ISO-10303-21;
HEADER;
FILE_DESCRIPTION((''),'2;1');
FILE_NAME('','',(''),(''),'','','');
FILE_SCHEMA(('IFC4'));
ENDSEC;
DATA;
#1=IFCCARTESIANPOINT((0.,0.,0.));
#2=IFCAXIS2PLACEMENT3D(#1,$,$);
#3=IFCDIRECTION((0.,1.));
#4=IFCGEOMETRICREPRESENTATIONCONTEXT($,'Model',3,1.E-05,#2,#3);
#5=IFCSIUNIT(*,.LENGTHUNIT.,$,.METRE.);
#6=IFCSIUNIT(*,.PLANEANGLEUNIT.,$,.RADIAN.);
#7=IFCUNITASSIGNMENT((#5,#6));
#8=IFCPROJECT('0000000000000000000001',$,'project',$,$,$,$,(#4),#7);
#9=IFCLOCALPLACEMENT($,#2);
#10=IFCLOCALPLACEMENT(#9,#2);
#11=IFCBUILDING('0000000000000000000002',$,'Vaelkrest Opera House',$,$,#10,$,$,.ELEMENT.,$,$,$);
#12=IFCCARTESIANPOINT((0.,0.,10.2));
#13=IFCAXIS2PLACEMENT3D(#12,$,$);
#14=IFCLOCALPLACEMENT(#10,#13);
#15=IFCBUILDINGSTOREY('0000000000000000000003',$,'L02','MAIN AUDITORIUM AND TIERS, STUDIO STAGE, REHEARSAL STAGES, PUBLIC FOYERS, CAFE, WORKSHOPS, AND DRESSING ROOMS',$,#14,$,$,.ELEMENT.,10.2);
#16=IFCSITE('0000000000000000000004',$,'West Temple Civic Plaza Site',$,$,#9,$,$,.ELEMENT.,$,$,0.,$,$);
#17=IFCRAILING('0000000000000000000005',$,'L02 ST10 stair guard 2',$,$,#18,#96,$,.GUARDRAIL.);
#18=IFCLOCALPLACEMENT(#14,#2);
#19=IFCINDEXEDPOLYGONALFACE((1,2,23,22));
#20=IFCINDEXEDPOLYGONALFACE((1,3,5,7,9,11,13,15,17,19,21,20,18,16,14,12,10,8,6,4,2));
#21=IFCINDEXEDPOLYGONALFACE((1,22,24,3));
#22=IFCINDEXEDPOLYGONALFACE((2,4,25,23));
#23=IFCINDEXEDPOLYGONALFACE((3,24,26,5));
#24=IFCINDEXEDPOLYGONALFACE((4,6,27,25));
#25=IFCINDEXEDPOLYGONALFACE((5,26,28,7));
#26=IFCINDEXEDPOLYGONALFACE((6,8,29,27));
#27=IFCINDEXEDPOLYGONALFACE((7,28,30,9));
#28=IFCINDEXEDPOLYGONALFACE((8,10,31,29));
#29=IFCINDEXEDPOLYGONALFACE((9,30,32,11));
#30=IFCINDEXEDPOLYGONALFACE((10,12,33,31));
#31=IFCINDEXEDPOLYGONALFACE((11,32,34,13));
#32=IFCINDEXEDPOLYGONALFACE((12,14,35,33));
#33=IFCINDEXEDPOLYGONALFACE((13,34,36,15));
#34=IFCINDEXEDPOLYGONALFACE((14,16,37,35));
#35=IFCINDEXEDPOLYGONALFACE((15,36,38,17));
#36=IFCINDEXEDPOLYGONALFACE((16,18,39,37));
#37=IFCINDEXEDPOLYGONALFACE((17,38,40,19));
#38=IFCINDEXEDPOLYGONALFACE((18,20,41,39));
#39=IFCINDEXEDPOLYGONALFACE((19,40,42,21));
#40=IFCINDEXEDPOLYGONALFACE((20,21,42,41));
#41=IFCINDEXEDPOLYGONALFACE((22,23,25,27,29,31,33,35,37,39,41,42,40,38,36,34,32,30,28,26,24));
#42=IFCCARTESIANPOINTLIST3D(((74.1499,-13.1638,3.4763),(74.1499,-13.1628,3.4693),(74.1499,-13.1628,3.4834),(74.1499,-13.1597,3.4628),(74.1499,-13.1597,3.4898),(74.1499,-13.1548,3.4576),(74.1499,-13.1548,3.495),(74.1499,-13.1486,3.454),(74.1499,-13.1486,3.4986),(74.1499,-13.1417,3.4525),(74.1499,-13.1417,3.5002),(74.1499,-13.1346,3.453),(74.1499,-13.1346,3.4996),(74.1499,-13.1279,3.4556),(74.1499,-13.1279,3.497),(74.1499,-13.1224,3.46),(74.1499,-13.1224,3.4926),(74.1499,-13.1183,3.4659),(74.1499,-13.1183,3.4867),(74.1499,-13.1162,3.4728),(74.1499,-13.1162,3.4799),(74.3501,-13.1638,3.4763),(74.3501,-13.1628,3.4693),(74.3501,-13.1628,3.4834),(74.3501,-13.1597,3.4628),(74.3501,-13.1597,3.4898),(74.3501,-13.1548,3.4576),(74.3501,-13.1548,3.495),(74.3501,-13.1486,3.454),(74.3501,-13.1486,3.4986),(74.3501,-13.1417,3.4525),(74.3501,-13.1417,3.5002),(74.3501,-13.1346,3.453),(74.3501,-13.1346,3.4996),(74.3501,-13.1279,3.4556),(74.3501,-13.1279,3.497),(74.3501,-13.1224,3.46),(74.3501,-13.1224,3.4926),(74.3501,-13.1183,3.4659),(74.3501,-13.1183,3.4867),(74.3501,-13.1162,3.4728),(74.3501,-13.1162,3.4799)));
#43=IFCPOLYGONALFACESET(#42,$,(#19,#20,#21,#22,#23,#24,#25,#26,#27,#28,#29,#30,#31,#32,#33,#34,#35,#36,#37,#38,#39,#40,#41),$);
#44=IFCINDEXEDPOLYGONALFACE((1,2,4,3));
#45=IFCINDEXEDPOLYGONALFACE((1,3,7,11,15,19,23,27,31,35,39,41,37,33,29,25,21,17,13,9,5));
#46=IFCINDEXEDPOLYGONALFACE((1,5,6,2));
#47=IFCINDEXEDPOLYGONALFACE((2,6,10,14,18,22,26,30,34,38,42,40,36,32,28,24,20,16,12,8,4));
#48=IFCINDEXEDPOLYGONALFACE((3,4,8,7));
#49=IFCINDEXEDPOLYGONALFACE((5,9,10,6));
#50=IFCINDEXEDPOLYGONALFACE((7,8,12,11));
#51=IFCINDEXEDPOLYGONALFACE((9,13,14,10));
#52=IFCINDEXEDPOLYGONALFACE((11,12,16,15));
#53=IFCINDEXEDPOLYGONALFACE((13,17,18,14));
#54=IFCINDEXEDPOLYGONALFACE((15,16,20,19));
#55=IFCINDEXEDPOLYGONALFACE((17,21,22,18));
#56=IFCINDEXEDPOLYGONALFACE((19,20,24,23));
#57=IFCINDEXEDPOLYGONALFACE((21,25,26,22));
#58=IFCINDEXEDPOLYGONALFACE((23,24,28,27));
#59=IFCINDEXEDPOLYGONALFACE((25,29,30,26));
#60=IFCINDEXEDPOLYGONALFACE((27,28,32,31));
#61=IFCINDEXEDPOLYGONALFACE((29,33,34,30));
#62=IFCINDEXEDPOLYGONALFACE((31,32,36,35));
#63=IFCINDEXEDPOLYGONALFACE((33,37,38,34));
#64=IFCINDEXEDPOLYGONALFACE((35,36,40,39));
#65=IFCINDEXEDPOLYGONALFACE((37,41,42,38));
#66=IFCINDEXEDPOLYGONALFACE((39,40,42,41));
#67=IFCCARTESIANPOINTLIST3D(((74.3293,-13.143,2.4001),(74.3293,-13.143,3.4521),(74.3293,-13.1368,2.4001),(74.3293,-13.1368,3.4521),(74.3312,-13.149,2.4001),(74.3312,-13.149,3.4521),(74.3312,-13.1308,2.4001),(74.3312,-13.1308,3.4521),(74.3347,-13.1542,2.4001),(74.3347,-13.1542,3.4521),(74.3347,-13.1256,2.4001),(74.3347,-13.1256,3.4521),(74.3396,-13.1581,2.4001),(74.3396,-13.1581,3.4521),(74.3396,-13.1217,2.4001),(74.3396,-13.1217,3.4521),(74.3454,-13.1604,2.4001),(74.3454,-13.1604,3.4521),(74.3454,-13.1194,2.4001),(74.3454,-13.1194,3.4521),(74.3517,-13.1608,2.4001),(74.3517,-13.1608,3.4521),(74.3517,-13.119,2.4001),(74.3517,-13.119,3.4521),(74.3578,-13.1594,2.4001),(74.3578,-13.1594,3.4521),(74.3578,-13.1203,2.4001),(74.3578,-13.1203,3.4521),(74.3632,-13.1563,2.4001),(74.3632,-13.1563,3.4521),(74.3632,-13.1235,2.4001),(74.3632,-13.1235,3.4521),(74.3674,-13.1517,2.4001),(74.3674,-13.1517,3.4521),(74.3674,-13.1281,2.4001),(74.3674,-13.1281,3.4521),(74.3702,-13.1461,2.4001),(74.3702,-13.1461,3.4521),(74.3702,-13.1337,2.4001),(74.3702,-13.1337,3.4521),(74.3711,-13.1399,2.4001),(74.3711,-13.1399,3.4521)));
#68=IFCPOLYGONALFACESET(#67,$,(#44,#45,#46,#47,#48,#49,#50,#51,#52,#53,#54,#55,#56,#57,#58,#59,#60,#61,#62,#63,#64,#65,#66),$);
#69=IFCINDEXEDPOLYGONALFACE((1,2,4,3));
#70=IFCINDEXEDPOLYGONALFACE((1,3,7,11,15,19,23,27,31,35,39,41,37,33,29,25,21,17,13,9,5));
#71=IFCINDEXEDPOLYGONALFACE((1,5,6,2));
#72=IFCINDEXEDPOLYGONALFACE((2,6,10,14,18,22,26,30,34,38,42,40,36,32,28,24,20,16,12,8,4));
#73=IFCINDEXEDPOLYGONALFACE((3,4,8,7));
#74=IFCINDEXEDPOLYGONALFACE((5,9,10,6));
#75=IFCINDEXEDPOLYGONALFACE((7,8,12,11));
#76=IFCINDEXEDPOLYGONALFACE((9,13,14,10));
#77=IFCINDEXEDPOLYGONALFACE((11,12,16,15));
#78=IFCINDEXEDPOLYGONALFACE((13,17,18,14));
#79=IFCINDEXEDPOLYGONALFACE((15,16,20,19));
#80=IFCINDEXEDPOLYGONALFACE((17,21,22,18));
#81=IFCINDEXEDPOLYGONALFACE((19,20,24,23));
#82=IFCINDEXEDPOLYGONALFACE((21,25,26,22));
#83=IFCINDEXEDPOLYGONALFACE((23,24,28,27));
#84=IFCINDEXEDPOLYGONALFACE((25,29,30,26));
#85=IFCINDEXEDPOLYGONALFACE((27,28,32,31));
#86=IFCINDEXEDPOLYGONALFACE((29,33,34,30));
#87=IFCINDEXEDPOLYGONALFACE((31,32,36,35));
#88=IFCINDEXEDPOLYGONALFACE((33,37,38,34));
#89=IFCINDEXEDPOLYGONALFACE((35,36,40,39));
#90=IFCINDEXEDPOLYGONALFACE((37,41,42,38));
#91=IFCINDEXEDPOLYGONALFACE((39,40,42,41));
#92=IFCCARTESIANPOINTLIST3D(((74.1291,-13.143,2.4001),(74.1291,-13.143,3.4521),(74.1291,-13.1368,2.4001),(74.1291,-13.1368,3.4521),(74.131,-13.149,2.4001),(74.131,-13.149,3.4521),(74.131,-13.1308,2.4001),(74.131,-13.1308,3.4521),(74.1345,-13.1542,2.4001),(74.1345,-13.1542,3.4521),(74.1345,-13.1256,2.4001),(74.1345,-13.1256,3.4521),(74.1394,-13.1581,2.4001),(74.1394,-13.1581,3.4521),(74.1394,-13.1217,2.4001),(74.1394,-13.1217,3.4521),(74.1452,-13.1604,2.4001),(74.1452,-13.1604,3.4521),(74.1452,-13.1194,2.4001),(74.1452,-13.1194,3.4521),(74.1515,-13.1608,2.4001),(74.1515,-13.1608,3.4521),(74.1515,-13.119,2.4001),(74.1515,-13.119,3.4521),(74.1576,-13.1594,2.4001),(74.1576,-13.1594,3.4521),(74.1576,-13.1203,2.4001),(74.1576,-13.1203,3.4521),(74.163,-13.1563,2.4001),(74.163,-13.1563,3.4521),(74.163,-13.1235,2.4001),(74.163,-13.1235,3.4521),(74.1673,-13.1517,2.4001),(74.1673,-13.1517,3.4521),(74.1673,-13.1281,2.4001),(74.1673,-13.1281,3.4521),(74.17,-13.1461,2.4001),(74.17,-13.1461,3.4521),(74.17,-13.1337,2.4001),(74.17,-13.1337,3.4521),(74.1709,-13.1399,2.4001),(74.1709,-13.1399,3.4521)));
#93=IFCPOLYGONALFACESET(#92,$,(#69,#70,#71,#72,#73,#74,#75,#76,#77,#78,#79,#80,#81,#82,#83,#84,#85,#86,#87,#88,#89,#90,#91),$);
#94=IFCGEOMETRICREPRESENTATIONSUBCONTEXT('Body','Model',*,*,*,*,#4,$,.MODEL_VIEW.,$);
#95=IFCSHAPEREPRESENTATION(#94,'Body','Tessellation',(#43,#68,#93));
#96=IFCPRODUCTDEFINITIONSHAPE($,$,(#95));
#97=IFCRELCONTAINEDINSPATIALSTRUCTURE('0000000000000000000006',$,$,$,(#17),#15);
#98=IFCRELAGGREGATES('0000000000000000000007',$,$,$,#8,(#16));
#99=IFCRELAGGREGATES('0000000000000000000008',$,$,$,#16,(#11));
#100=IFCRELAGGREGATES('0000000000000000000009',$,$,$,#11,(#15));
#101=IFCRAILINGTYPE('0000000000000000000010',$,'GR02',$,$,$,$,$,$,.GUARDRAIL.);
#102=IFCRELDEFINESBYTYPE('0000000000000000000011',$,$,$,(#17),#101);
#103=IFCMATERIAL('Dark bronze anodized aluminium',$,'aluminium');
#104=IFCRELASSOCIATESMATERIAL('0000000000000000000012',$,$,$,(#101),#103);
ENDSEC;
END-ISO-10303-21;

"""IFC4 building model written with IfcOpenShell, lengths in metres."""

from ifc_helpers import new_model, si_unit, direction, frame, origin, origin_2d, place, context, subcontext, project, spatial, circle, extrude, material, type_object, element, save


model = new_model("IFC4")

# Units and contexts
model_context = context("Model", 3, precision=1e-05, world=origin(), true_north=direction((0.0, 1.0)))
body_context = subcontext(model_context, "Body", "Model", "MODEL_VIEW")
ifc_project = project(units=[si_unit("LENGTHUNIT", "METRE"), si_unit("PLANEANGLEUNIT", "RADIAN")], contexts=[model_context])

# Site, building, storey
site_placement = place(None, origin())
site = spatial("IfcSite", under=ifc_project, at=site_placement, Name="West Temple Civic Plaza Site", CompositionType="ELEMENT", RefElevation=0.0)
building_placement = place(site_placement, origin())
building = spatial("IfcBuilding", under=site, at=building_placement, Name="Vaelkrest Opera House", CompositionType="ELEMENT")
storey_placement = place(building_placement, frame((0.0, 0.0, 10.2)))
storey = spatial("IfcBuildingStorey", under=building, at=storey_placement, Name="L02", Description="MAIN AUDITORIUM AND TIERS, STUDIO STAGE, REHEARSAL STAGES, PUBLIC FOYERS, CAFE, WORKSHOPS, AND DRESSING ROOMS", CompositionType="ELEMENT", Elevation=10.2)

# Railing
ifc_material_1 = material(Name="Dark bronze anodized aluminium", Category="aluminium")
railing_type_1 = type_object("IfcRailingType", Name="GR02", PredefinedType="GUARDRAIL", material=ifc_material_1)
railing_1_placement = place(storey_placement, frame((74.3501, -13.1399, 2.4001)))
element("IfcRailing", 1, at=railing_1_placement, inside=storey, type_object=railing_type_1, Name="L02 ST10 stair guard 2", PredefinedType="GUARDRAIL", context=body_context, shape_type="SweptSolid", body=[
    extrude(circle(Radius=0.0239, at=origin_2d()), frame((0.0, 0.0, 1.0762), z_axis=(-1.0, 0.0, 0.0), x_axis=(0.0, -1.0, 0.0)), (0.0, 0.0, 1.0), 0.2002),
    extrude(circle(Radius=0.021, at=origin_2d()), origin(), (0.0, 0.0, 1.0), 1.052),
    extrude(circle(Radius=0.021, at=origin_2d()), frame((-0.2002, 0.0, 0.0)), (0.0, 0.0, 1.0), 1.052),
])

save(model, "model.ifc")
